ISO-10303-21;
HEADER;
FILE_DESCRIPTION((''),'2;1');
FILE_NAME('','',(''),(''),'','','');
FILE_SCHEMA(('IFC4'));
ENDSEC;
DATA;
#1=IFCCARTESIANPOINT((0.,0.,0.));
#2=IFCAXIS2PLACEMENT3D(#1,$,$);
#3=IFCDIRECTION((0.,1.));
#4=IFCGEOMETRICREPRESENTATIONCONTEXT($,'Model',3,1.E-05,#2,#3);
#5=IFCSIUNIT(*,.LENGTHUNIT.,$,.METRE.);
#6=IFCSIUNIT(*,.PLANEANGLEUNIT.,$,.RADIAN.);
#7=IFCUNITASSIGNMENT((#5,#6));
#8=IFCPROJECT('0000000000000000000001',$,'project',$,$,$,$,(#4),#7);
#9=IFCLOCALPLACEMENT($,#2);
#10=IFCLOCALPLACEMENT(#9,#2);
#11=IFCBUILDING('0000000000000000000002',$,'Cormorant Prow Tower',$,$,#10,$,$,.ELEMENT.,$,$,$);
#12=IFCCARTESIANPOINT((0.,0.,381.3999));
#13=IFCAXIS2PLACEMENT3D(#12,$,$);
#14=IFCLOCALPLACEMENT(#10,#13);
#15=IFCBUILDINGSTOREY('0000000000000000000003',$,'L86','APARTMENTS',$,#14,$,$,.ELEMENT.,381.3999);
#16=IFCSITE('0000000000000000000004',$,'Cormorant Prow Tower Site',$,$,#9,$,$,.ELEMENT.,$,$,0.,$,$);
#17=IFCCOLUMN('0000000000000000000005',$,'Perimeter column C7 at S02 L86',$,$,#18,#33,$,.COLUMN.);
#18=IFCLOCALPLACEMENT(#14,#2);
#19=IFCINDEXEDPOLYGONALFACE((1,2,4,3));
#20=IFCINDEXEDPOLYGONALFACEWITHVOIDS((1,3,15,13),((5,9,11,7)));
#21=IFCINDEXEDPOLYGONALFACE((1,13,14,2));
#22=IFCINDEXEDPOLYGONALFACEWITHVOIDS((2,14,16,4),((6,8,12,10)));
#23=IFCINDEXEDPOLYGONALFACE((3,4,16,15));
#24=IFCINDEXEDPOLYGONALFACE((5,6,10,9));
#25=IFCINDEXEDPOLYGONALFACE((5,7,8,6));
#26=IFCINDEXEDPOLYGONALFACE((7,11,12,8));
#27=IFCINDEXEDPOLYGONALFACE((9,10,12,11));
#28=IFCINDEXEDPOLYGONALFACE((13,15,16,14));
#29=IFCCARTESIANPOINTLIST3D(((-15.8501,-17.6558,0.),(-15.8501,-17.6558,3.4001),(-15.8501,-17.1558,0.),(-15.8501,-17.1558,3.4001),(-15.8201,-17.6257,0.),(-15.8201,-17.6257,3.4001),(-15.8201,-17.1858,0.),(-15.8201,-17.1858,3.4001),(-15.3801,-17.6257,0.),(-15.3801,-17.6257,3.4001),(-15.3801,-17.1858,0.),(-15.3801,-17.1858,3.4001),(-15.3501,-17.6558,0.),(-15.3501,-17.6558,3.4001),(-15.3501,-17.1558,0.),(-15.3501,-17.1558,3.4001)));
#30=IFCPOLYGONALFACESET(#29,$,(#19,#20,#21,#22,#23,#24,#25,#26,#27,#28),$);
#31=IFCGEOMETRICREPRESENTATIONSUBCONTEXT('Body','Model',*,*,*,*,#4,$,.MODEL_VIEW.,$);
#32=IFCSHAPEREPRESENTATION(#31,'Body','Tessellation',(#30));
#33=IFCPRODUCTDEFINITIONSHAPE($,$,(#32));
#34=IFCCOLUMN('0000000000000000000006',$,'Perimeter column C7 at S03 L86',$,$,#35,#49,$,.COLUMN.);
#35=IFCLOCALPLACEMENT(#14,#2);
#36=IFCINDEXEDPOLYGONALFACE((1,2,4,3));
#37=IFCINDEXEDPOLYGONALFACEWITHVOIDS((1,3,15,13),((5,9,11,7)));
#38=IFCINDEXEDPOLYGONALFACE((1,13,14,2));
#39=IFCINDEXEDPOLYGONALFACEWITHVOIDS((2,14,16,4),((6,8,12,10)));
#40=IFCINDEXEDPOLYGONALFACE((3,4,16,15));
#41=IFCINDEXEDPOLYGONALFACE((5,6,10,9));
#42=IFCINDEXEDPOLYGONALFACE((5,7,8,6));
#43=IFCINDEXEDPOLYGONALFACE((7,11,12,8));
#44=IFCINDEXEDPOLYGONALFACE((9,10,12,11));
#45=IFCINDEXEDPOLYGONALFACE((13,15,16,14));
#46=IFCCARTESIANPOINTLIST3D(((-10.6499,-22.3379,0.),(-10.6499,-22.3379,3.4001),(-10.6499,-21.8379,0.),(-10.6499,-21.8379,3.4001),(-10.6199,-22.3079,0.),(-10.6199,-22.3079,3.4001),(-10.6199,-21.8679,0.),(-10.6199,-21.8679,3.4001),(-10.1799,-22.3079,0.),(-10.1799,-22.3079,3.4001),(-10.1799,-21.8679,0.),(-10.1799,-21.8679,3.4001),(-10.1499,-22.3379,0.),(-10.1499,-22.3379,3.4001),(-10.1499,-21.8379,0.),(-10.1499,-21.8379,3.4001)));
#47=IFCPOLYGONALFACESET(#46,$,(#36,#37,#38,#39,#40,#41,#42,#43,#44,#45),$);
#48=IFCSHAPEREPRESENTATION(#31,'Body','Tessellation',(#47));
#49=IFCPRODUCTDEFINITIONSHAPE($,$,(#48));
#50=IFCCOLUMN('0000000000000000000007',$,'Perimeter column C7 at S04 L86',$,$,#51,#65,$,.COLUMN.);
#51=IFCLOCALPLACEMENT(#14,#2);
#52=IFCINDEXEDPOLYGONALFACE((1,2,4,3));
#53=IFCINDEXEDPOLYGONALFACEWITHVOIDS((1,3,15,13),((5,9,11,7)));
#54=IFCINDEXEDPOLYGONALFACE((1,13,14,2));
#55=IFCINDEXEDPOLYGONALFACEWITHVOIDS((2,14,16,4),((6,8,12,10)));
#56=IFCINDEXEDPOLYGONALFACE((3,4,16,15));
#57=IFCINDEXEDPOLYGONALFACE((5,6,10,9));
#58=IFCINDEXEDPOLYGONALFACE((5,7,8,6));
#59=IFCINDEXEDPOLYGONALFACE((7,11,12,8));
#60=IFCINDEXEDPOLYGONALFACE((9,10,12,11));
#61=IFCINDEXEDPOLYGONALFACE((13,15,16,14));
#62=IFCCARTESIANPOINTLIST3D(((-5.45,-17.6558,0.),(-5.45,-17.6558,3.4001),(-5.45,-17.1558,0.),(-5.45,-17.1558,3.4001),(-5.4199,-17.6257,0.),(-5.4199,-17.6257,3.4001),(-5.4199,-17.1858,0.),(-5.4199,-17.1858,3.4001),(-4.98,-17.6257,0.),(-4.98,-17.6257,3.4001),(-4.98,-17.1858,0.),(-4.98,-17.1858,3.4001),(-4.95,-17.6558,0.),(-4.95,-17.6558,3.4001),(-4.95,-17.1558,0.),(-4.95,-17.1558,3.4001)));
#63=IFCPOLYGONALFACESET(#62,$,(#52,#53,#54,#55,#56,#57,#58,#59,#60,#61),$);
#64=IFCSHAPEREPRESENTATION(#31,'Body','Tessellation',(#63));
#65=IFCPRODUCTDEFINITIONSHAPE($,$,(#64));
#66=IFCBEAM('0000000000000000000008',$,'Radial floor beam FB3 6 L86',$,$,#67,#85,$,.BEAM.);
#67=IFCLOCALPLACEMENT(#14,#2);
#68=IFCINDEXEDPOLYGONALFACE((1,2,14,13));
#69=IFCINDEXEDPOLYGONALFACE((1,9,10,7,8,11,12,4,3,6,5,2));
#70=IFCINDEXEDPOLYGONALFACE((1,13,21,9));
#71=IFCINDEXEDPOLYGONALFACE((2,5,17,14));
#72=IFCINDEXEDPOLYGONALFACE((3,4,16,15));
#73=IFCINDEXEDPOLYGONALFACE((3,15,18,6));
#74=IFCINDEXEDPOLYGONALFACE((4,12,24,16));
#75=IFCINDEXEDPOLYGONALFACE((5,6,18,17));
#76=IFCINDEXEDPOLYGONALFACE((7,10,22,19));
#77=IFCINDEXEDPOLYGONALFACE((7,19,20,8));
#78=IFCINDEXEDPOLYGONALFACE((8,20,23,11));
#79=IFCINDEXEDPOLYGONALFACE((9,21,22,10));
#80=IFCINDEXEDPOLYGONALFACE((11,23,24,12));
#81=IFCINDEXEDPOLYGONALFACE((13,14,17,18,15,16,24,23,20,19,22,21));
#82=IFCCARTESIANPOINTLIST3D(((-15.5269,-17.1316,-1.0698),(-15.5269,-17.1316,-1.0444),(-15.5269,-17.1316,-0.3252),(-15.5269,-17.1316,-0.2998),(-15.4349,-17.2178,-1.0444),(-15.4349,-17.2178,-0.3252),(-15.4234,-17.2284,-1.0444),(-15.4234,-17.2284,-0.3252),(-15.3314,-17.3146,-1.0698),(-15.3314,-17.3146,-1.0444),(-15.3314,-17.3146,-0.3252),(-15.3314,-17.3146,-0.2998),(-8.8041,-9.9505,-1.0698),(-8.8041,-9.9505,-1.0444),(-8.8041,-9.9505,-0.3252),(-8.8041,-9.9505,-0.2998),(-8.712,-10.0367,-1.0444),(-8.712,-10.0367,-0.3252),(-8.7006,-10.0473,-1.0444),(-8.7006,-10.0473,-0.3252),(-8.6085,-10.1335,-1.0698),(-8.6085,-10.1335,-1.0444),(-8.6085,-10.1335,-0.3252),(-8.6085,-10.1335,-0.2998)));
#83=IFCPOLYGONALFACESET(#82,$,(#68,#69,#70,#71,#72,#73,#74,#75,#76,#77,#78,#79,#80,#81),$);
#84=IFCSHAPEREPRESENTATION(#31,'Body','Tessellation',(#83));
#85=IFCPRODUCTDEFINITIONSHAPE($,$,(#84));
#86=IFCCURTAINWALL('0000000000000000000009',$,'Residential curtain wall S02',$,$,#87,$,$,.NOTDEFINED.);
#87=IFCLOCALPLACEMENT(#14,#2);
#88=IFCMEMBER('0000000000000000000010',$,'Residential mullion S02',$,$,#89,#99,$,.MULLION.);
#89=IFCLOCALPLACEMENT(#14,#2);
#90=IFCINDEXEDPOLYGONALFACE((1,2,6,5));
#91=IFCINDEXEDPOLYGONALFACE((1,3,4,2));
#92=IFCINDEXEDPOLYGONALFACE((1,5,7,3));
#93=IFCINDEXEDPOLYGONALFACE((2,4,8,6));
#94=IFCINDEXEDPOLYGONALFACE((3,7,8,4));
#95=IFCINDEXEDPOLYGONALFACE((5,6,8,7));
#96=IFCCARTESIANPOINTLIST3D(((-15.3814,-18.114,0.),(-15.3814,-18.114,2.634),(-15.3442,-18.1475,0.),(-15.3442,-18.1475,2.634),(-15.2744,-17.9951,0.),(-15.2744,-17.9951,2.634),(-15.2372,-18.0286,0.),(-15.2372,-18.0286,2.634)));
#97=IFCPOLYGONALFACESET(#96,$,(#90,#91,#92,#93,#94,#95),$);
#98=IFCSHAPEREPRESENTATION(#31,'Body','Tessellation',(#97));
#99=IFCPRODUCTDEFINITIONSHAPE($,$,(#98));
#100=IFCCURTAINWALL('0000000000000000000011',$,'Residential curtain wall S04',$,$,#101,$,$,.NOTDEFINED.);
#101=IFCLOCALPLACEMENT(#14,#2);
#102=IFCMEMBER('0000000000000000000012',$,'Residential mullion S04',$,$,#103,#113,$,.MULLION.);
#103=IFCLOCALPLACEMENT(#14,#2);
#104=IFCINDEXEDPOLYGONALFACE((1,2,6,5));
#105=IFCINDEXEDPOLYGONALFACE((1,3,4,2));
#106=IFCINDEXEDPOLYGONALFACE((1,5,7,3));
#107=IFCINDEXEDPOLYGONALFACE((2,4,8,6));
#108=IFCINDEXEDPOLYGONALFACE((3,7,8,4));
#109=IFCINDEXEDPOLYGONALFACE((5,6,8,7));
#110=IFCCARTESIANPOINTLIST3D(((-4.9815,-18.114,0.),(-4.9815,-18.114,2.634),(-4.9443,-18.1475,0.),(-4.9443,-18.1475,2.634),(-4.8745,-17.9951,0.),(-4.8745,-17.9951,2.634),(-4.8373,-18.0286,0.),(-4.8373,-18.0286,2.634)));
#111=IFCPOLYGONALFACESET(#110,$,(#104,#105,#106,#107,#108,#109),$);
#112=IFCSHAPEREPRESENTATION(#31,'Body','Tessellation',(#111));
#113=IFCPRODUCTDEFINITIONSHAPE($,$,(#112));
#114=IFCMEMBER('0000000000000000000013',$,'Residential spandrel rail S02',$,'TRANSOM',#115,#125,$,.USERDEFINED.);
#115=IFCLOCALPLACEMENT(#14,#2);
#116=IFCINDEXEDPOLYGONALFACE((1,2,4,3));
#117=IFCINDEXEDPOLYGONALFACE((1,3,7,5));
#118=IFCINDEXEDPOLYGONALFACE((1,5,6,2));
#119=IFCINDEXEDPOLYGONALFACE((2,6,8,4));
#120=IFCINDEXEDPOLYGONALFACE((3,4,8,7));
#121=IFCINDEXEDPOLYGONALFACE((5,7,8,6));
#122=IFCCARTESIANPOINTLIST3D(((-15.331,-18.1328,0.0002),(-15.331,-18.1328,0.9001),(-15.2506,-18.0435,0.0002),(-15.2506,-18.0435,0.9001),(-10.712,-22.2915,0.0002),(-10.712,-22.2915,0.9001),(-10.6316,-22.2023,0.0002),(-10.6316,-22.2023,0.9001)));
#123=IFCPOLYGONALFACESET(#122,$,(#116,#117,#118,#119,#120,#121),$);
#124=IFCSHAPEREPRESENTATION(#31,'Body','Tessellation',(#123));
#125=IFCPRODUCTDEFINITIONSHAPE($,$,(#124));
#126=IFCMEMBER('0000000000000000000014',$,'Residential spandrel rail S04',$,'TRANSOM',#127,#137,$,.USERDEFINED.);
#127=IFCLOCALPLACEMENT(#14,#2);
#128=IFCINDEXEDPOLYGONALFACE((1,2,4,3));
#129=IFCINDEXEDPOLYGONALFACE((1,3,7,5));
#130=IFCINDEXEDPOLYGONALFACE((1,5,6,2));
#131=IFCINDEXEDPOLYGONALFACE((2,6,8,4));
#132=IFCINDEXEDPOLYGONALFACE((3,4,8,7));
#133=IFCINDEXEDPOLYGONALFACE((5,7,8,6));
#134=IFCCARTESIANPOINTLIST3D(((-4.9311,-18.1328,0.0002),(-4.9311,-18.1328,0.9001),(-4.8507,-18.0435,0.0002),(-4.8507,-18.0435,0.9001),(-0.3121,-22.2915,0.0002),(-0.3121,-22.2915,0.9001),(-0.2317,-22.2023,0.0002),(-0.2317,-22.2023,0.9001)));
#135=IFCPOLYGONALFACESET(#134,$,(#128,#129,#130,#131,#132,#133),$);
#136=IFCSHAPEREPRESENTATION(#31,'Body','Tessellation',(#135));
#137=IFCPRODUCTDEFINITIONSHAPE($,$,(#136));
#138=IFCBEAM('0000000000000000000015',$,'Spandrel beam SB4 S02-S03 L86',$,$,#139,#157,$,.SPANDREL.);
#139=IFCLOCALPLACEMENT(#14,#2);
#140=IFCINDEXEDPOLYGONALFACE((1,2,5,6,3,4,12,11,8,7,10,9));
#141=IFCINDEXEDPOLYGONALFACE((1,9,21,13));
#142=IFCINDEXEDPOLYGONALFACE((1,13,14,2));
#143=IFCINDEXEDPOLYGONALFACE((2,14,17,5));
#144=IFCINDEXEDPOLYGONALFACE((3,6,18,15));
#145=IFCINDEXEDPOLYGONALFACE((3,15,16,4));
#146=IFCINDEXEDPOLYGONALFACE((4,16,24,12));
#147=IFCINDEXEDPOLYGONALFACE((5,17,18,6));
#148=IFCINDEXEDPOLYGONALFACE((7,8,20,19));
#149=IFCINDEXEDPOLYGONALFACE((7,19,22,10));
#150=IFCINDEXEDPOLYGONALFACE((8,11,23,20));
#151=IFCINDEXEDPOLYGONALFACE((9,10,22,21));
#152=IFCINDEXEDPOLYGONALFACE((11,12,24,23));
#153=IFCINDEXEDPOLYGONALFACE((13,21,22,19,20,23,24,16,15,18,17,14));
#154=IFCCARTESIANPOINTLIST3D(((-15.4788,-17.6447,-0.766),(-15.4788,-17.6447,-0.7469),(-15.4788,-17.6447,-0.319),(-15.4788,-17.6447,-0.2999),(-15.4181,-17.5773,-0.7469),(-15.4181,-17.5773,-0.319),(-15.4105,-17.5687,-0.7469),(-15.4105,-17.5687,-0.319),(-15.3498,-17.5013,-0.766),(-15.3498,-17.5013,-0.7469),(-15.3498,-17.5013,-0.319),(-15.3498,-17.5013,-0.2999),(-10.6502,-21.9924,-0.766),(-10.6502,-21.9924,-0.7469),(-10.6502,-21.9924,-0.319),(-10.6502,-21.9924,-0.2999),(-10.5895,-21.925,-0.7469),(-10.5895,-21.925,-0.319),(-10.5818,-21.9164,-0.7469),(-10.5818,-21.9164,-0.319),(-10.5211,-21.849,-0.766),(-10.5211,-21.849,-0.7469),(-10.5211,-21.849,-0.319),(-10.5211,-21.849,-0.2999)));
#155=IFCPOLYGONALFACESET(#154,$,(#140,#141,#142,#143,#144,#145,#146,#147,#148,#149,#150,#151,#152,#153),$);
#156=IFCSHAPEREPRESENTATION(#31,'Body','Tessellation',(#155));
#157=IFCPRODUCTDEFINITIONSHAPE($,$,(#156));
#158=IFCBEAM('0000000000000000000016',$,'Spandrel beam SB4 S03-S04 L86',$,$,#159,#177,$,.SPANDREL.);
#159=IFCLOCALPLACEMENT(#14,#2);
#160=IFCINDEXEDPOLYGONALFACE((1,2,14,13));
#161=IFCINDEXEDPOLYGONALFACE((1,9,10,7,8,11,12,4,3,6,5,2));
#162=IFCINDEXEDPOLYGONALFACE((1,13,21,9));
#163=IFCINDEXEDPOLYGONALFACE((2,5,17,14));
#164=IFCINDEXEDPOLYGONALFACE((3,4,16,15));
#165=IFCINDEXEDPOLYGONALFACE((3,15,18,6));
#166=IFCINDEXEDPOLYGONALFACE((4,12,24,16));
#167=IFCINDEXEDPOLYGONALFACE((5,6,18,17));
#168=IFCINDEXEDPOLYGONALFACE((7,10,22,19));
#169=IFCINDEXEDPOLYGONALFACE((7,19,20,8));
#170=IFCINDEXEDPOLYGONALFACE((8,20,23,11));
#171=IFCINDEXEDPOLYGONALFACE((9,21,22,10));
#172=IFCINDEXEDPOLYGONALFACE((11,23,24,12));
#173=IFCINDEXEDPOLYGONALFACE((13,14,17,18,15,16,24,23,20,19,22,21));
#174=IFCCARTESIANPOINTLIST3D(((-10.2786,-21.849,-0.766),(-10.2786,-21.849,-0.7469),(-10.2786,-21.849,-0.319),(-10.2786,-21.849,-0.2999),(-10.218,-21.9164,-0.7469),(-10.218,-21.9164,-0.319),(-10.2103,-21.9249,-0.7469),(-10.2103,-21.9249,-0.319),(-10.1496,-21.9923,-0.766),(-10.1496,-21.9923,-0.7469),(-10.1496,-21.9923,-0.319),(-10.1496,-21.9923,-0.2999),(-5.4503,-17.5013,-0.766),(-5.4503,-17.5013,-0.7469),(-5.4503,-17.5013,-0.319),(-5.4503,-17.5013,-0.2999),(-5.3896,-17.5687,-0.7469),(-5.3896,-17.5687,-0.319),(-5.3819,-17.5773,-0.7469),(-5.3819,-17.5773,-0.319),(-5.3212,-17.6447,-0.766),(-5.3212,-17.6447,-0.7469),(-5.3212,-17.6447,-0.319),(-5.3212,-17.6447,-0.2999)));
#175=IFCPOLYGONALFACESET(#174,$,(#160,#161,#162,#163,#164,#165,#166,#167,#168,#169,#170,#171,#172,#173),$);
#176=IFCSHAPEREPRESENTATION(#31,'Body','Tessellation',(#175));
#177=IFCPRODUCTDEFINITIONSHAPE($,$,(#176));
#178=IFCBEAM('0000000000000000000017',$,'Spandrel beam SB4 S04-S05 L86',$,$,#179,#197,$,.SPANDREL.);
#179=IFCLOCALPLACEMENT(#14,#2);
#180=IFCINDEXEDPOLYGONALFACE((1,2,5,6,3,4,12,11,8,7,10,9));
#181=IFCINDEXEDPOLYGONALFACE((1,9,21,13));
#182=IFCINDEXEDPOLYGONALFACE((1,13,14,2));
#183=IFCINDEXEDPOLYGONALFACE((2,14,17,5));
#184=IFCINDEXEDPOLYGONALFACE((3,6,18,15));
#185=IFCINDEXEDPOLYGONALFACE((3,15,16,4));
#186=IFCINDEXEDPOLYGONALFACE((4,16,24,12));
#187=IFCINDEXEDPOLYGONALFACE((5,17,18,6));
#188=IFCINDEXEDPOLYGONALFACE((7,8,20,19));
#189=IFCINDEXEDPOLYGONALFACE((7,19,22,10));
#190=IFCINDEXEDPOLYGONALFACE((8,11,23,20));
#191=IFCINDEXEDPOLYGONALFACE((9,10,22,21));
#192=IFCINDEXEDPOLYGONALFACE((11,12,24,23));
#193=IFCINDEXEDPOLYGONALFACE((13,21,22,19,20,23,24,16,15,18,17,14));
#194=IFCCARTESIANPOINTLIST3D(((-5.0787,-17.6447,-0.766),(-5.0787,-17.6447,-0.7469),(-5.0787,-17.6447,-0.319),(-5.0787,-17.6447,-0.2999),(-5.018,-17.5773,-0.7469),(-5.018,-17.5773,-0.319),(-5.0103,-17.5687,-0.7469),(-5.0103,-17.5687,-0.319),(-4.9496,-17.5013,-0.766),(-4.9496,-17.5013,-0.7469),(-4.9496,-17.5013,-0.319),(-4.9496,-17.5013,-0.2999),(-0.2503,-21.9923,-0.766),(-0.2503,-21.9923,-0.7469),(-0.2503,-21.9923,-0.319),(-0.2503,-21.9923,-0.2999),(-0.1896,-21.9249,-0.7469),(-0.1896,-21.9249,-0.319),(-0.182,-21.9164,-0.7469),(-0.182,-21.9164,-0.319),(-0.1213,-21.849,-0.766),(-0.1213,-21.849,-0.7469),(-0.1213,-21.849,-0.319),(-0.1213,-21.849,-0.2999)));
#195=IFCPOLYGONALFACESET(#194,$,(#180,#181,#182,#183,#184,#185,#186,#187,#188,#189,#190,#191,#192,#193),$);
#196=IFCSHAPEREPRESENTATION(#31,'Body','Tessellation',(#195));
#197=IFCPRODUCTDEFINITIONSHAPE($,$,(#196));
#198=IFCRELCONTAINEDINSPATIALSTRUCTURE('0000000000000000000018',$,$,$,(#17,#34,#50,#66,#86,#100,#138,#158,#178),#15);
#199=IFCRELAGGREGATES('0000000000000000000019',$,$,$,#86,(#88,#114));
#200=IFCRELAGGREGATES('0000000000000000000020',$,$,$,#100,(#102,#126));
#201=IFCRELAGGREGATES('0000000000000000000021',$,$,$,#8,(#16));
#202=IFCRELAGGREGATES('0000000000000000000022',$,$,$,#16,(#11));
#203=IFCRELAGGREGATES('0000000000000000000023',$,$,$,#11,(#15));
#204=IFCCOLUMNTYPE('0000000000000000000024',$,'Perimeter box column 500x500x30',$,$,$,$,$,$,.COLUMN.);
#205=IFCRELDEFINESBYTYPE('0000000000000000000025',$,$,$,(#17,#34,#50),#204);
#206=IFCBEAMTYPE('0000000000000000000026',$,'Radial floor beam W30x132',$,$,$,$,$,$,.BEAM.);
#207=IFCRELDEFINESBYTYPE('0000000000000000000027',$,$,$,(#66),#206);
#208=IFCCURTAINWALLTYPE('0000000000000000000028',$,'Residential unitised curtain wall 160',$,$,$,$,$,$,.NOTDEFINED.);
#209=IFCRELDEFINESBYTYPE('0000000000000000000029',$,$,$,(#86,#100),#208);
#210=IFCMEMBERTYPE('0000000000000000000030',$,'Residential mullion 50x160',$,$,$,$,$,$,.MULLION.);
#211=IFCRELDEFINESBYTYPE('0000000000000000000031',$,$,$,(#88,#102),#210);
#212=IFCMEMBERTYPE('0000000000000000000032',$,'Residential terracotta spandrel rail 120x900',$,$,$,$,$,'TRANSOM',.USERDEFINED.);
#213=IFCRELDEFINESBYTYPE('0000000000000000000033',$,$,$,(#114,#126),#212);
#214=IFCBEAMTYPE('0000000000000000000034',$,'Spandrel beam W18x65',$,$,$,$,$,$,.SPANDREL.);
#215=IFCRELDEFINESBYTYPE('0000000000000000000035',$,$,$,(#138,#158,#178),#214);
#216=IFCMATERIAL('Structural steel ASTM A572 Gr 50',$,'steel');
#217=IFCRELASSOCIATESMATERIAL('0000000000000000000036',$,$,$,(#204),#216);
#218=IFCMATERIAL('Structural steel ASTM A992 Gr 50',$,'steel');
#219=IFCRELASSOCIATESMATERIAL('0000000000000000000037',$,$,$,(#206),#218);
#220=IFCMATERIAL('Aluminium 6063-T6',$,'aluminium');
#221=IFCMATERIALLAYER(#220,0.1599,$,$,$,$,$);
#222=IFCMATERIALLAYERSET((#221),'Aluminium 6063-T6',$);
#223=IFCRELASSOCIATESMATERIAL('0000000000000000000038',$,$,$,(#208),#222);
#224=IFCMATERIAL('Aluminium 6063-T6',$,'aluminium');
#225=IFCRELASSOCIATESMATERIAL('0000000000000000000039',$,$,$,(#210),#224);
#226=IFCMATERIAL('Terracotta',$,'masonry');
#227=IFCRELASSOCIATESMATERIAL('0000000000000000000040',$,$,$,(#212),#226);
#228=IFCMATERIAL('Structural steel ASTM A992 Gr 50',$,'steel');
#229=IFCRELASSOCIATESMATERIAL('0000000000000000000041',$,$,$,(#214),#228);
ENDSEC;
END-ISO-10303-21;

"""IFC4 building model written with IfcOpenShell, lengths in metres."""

from ifc_helpers import new_model, si_unit, direction, frame, origin, origin_2d, place, context, subcontext, project, spatial, rectangle, hollow_rectangle, i_section, extrude, material, layer, layer_set, material_profile, profile_set, type_object, element, aggregate, save


model = new_model("IFC4")

# Units and contexts
model_context = context("Model", 3, precision=1e-05, world=origin(), true_north=direction((0.0, 1.0)))
body_context = subcontext(model_context, "Body", "Model", "MODEL_VIEW")
ifc_project = project(units=[si_unit("LENGTHUNIT", "METRE"), si_unit("PLANEANGLEUNIT", "RADIAN")], contexts=[model_context])

# Site, building, storey
site_placement = place(None, origin())
site = spatial("IfcSite", under=ifc_project, at=site_placement, Name="Cormorant Prow Tower Site", CompositionType="ELEMENT", RefElevation=0.0)
building_placement = place(site_placement, origin())
building = spatial("IfcBuilding", under=site, at=building_placement, Name="Cormorant Prow Tower", CompositionType="ELEMENT")
storey_placement = place(building_placement, frame((0.0, 0.0, 381.3999)))
storey = spatial("IfcBuildingStorey", under=building, at=storey_placement, Name="L86", Description="APARTMENTS", CompositionType="ELEMENT", Elevation=381.3999)

# Columns
ifc_material_1 = material(Name="Structural steel ASTM A572 Gr 50", Category="steel")
ifc_material_profile_1 = material_profile(ifc_material_1, hollow_rectangle(XDim=0.5, YDim=0.5, WallThickness=0.03, at=origin_2d()), Name="Box 500x500x30")
ifc_profile_set_1 = profile_set([ifc_material_profile_1], Name="Structural steel ASTM A572 Gr 50")
column_type = type_object("IfcColumnType", Name="Perimeter box column 500x500x30", PredefinedType="COLUMN", material=ifc_profile_set_1)
for number, where, z_axis, x_axis, name in (
    (1, (-15.6001, -17.4058, 0.0), (0.0, 0.0, 1.0), (1.0, 0.0, 0.0), "Perimeter column C7 at S02 L86"),
    (2, (-10.3999, -22.0879, 0.0), (0.0, 0.0, 1.0), (1.0, 0.0, 0.0), "Perimeter column C7 at S03 L86"),
    (3, (-5.2, -17.4058, 0.0), (0.0, 0.0, 1.0), (1.0, 0.0, 0.0), "Perimeter column C7 at S04 L86"),
):
    element("IfcColumn", number, at=place(storey_placement, frame(where, z_axis=z_axis, x_axis=x_axis)), inside=storey, type_object=column_type, Name=name, PredefinedType="COLUMN", context=body_context, shape_type="SweptSolid", body=[
        extrude(hollow_rectangle(XDim=0.5, YDim=0.5, WallThickness=0.03, at=origin_2d()), origin(), (0.0, 0.0, 1.0), 3.4001),
    ])

# Beam
ifc_material_2 = material(Name="Structural steel ASTM A992 Gr 50", Category="steel")
ifc_material_profile_2 = material_profile(ifc_material_2, i_section(OverallWidth=0.2678, OverallDepth=0.77, WebThickness=0.0156, FlangeThickness=0.0254, at=origin_2d()), Name="W30x132")
ifc_profile_set_2 = profile_set([ifc_material_profile_2], Name="Structural steel ASTM A992 Gr 50")
beam_type_1 = type_object("IfcBeamType", Name="Radial floor beam W30x132", PredefinedType="BEAM", material=ifc_profile_set_2)
beam_1_placement = place(storey_placement, frame((-8.7063, -10.042, -0.6848), z_axis=(-0.683431, -0.730015, 0.0), x_axis=(0.730015, -0.683431, 0.0)))
element("IfcBeam", 4, at=beam_1_placement, inside=storey, type_object=beam_type_1, Name="Radial floor beam FB3 6 L86", PredefinedType="BEAM", context=body_context, shape_type="SweptSolid", body=[
    extrude(i_section(OverallWidth=0.2678, OverallDepth=0.77, WebThickness=0.0156, FlangeThickness=0.0254, at=origin_2d()), origin(), (0.0, 0.0, 1.0), 9.8369),
])

# Curtain walls, members
ifc_material_3 = material(Name="Aluminium 6063-T6", Category="aluminium")
ifc_layer_1 = layer(ifc_material_3, 0.1599)
ifc_layer_set_1 = layer_set([ifc_layer_1], Name="Aluminium 6063-T6")
curtain_wall_type = type_object("IfcCurtainWallType", Name="Residential unitised curtain wall 160", PredefinedType="NOTDEFINED", material=ifc_layer_set_1)
curtain_wall_1_placement = place(storey_placement, origin())
curtain_wall_1 = element("IfcCurtainWall", 5, at=curtain_wall_1_placement, inside=storey, type_object=curtain_wall_type, Name="Residential curtain wall S02", PredefinedType="NOTDEFINED")
ifc_material_4 = material(Name="Aluminium 6063-T6", Category="aluminium")
ifc_material_profile_3 = material_profile(ifc_material_4, rectangle(XDim=0.1599, YDim=0.05, at=origin_2d()), Name="Residential mullion 50x160")
ifc_profile_set_3 = profile_set([ifc_material_profile_3], Name="Aluminium 6063-T6")
member_type_1 = type_object("IfcMemberType", Name="Residential mullion 50x160", PredefinedType="MULLION", material=ifc_profile_set_3)
member_1_placement = place(storey_placement, frame((-15.3093, -18.0713, 0.0), z_axis=(0.0, 0.0, 1.0), x_axis=(0.669131, 0.743145, 0.0)))
member_1 = element("IfcMember", 6, at=member_1_placement, type_object=member_type_1, Name="Residential mullion S02", PredefinedType="MULLION", context=body_context, shape_type="SweptSolid", body=[
    extrude(rectangle(XDim=0.1599, YDim=0.05, at=origin_2d()), origin(), (0.0, 0.0, 1.0), 2.634),
])
curtain_wall_2_placement = place(storey_placement, origin())
curtain_wall_2 = element("IfcCurtainWall", 7, at=curtain_wall_2_placement, inside=storey, type_object=curtain_wall_type, Name="Residential curtain wall S04", PredefinedType="NOTDEFINED")
member_2_placement = place(storey_placement, frame((-4.9094, -18.0713, 0.0), z_axis=(0.0, 0.0, 1.0), x_axis=(0.669131, 0.743145, 0.0)))
member_2 = element("IfcMember", 8, at=member_2_placement, type_object=member_type_1, Name="Residential mullion S04", PredefinedType="MULLION", context=body_context, shape_type="SweptSolid", body=[
    extrude(rectangle(XDim=0.1599, YDim=0.05, at=origin_2d()), origin(), (0.0, 0.0, 1.0), 2.634),
])

# Members
ifc_material_5 = material(Name="Terracotta", Category="masonry")
ifc_material_profile_4 = material_profile(ifc_material_5, rectangle(XDim=0.1201, YDim=0.8999, at=origin_2d()), Name="Residential terracotta spandrel rail 120x900")
ifc_profile_set_4 = profile_set([ifc_material_profile_4], Name="Terracotta")
member_type_2 = type_object("IfcMemberType", Name="Residential terracotta spandrel rail 120x900", ElementType="TRANSOM", PredefinedType="USERDEFINED", material=ifc_profile_set_4)
member_3_placement = place(storey_placement, frame((-15.2908, -18.0881, 0.4502), z_axis=(0.743159, -0.669114, 0.0), x_axis=(0.669114, 0.743159, 0.0)))
member_3 = element("IfcMember", 9, at=member_3_placement, type_object=member_type_2, Name="Residential spandrel rail S02", ObjectType="TRANSOM", PredefinedType="USERDEFINED", context=body_context, shape_type="SweptSolid", body=[
    extrude(rectangle(XDim=0.1201, YDim=0.8999, at=origin_2d()), origin(), (0.0, 0.0, 1.0), 6.2153),
])
member_4_placement = place(storey_placement, frame((-4.8909, -18.0881, 0.4502), z_axis=(0.743159, -0.669114, 0.0), x_axis=(0.669114, 0.743159, 0.0)))
member_4 = element("IfcMember", 10, at=member_4_placement, type_object=member_type_2, Name="Residential spandrel rail S04", ObjectType="TRANSOM", PredefinedType="USERDEFINED", context=body_context, shape_type="SweptSolid", body=[
    extrude(rectangle(XDim=0.1201, YDim=0.8999, at=origin_2d()), origin(), (0.0, 0.0, 1.0), 6.2153),
])

# Beams
ifc_material_6 = material(Name="Structural steel ASTM A992 Gr 50", Category="steel")
ifc_material_profile_5 = material_profile(ifc_material_6, i_section(OverallWidth=0.1929, OverallDepth=0.4661, WebThickness=0.0115, FlangeThickness=0.019, at=origin_2d()), Name="W18x65")
ifc_profile_set_5 = profile_set([ifc_material_profile_5], Name="Structural steel ASTM A992 Gr 50")
beam_type_2 = type_object("IfcBeamType", Name="Spandrel beam W18x65", PredefinedType="SPANDREL", material=ifc_profile_set_5)
beam_2_placement = place(storey_placement, frame((-15.4143, -17.573, -0.533), z_axis=(0.743148, -0.669127, 0.0), x_axis=(0.669127, 0.743148, 0.0)))
element("IfcBeam", 11, at=beam_2_placement, inside=storey, type_object=beam_type_2, Name="Spandrel beam SB4 S02-S03 L86", PredefinedType="SPANDREL", context=body_context, shape_type="SweptSolid", body=[
    extrude(i_section(OverallWidth=0.1929, OverallDepth=0.4661, WebThickness=0.0115, FlangeThickness=0.019, at=origin_2d()), origin(), (0.0, 0.0, 1.0), 6.4976),
])
for number, where, z_axis, x_axis, name in (
    (12, (-10.2141, -21.9207, -0.533), (0.743132, 0.669145, 0.0), (-0.669145, 0.743132, 0.0), "Spandrel beam SB4 S03-S04 L86"),
    (13, (-5.0142, -17.573, -0.533), (0.743132, -0.669145, 0.0), (0.669145, 0.743132, 0.0), "Spandrel beam SB4 S04-S05 L86"),
):
    element("IfcBeam", number, at=place(storey_placement, frame(where, z_axis=z_axis, x_axis=x_axis)), inside=storey, type_object=beam_type_2, Name=name, PredefinedType="SPANDREL", context=body_context, shape_type="SweptSolid", body=[
        extrude(i_section(OverallWidth=0.1929, OverallDepth=0.4661, WebThickness=0.0115, FlangeThickness=0.019, at=origin_2d()), origin(), (0.0, 0.0, 1.0), 6.4973),
    ])

aggregate(curtain_wall_1, [member_1, member_3])
aggregate(curtain_wall_2, [member_2, member_4])

save(model, "model.ifc")
